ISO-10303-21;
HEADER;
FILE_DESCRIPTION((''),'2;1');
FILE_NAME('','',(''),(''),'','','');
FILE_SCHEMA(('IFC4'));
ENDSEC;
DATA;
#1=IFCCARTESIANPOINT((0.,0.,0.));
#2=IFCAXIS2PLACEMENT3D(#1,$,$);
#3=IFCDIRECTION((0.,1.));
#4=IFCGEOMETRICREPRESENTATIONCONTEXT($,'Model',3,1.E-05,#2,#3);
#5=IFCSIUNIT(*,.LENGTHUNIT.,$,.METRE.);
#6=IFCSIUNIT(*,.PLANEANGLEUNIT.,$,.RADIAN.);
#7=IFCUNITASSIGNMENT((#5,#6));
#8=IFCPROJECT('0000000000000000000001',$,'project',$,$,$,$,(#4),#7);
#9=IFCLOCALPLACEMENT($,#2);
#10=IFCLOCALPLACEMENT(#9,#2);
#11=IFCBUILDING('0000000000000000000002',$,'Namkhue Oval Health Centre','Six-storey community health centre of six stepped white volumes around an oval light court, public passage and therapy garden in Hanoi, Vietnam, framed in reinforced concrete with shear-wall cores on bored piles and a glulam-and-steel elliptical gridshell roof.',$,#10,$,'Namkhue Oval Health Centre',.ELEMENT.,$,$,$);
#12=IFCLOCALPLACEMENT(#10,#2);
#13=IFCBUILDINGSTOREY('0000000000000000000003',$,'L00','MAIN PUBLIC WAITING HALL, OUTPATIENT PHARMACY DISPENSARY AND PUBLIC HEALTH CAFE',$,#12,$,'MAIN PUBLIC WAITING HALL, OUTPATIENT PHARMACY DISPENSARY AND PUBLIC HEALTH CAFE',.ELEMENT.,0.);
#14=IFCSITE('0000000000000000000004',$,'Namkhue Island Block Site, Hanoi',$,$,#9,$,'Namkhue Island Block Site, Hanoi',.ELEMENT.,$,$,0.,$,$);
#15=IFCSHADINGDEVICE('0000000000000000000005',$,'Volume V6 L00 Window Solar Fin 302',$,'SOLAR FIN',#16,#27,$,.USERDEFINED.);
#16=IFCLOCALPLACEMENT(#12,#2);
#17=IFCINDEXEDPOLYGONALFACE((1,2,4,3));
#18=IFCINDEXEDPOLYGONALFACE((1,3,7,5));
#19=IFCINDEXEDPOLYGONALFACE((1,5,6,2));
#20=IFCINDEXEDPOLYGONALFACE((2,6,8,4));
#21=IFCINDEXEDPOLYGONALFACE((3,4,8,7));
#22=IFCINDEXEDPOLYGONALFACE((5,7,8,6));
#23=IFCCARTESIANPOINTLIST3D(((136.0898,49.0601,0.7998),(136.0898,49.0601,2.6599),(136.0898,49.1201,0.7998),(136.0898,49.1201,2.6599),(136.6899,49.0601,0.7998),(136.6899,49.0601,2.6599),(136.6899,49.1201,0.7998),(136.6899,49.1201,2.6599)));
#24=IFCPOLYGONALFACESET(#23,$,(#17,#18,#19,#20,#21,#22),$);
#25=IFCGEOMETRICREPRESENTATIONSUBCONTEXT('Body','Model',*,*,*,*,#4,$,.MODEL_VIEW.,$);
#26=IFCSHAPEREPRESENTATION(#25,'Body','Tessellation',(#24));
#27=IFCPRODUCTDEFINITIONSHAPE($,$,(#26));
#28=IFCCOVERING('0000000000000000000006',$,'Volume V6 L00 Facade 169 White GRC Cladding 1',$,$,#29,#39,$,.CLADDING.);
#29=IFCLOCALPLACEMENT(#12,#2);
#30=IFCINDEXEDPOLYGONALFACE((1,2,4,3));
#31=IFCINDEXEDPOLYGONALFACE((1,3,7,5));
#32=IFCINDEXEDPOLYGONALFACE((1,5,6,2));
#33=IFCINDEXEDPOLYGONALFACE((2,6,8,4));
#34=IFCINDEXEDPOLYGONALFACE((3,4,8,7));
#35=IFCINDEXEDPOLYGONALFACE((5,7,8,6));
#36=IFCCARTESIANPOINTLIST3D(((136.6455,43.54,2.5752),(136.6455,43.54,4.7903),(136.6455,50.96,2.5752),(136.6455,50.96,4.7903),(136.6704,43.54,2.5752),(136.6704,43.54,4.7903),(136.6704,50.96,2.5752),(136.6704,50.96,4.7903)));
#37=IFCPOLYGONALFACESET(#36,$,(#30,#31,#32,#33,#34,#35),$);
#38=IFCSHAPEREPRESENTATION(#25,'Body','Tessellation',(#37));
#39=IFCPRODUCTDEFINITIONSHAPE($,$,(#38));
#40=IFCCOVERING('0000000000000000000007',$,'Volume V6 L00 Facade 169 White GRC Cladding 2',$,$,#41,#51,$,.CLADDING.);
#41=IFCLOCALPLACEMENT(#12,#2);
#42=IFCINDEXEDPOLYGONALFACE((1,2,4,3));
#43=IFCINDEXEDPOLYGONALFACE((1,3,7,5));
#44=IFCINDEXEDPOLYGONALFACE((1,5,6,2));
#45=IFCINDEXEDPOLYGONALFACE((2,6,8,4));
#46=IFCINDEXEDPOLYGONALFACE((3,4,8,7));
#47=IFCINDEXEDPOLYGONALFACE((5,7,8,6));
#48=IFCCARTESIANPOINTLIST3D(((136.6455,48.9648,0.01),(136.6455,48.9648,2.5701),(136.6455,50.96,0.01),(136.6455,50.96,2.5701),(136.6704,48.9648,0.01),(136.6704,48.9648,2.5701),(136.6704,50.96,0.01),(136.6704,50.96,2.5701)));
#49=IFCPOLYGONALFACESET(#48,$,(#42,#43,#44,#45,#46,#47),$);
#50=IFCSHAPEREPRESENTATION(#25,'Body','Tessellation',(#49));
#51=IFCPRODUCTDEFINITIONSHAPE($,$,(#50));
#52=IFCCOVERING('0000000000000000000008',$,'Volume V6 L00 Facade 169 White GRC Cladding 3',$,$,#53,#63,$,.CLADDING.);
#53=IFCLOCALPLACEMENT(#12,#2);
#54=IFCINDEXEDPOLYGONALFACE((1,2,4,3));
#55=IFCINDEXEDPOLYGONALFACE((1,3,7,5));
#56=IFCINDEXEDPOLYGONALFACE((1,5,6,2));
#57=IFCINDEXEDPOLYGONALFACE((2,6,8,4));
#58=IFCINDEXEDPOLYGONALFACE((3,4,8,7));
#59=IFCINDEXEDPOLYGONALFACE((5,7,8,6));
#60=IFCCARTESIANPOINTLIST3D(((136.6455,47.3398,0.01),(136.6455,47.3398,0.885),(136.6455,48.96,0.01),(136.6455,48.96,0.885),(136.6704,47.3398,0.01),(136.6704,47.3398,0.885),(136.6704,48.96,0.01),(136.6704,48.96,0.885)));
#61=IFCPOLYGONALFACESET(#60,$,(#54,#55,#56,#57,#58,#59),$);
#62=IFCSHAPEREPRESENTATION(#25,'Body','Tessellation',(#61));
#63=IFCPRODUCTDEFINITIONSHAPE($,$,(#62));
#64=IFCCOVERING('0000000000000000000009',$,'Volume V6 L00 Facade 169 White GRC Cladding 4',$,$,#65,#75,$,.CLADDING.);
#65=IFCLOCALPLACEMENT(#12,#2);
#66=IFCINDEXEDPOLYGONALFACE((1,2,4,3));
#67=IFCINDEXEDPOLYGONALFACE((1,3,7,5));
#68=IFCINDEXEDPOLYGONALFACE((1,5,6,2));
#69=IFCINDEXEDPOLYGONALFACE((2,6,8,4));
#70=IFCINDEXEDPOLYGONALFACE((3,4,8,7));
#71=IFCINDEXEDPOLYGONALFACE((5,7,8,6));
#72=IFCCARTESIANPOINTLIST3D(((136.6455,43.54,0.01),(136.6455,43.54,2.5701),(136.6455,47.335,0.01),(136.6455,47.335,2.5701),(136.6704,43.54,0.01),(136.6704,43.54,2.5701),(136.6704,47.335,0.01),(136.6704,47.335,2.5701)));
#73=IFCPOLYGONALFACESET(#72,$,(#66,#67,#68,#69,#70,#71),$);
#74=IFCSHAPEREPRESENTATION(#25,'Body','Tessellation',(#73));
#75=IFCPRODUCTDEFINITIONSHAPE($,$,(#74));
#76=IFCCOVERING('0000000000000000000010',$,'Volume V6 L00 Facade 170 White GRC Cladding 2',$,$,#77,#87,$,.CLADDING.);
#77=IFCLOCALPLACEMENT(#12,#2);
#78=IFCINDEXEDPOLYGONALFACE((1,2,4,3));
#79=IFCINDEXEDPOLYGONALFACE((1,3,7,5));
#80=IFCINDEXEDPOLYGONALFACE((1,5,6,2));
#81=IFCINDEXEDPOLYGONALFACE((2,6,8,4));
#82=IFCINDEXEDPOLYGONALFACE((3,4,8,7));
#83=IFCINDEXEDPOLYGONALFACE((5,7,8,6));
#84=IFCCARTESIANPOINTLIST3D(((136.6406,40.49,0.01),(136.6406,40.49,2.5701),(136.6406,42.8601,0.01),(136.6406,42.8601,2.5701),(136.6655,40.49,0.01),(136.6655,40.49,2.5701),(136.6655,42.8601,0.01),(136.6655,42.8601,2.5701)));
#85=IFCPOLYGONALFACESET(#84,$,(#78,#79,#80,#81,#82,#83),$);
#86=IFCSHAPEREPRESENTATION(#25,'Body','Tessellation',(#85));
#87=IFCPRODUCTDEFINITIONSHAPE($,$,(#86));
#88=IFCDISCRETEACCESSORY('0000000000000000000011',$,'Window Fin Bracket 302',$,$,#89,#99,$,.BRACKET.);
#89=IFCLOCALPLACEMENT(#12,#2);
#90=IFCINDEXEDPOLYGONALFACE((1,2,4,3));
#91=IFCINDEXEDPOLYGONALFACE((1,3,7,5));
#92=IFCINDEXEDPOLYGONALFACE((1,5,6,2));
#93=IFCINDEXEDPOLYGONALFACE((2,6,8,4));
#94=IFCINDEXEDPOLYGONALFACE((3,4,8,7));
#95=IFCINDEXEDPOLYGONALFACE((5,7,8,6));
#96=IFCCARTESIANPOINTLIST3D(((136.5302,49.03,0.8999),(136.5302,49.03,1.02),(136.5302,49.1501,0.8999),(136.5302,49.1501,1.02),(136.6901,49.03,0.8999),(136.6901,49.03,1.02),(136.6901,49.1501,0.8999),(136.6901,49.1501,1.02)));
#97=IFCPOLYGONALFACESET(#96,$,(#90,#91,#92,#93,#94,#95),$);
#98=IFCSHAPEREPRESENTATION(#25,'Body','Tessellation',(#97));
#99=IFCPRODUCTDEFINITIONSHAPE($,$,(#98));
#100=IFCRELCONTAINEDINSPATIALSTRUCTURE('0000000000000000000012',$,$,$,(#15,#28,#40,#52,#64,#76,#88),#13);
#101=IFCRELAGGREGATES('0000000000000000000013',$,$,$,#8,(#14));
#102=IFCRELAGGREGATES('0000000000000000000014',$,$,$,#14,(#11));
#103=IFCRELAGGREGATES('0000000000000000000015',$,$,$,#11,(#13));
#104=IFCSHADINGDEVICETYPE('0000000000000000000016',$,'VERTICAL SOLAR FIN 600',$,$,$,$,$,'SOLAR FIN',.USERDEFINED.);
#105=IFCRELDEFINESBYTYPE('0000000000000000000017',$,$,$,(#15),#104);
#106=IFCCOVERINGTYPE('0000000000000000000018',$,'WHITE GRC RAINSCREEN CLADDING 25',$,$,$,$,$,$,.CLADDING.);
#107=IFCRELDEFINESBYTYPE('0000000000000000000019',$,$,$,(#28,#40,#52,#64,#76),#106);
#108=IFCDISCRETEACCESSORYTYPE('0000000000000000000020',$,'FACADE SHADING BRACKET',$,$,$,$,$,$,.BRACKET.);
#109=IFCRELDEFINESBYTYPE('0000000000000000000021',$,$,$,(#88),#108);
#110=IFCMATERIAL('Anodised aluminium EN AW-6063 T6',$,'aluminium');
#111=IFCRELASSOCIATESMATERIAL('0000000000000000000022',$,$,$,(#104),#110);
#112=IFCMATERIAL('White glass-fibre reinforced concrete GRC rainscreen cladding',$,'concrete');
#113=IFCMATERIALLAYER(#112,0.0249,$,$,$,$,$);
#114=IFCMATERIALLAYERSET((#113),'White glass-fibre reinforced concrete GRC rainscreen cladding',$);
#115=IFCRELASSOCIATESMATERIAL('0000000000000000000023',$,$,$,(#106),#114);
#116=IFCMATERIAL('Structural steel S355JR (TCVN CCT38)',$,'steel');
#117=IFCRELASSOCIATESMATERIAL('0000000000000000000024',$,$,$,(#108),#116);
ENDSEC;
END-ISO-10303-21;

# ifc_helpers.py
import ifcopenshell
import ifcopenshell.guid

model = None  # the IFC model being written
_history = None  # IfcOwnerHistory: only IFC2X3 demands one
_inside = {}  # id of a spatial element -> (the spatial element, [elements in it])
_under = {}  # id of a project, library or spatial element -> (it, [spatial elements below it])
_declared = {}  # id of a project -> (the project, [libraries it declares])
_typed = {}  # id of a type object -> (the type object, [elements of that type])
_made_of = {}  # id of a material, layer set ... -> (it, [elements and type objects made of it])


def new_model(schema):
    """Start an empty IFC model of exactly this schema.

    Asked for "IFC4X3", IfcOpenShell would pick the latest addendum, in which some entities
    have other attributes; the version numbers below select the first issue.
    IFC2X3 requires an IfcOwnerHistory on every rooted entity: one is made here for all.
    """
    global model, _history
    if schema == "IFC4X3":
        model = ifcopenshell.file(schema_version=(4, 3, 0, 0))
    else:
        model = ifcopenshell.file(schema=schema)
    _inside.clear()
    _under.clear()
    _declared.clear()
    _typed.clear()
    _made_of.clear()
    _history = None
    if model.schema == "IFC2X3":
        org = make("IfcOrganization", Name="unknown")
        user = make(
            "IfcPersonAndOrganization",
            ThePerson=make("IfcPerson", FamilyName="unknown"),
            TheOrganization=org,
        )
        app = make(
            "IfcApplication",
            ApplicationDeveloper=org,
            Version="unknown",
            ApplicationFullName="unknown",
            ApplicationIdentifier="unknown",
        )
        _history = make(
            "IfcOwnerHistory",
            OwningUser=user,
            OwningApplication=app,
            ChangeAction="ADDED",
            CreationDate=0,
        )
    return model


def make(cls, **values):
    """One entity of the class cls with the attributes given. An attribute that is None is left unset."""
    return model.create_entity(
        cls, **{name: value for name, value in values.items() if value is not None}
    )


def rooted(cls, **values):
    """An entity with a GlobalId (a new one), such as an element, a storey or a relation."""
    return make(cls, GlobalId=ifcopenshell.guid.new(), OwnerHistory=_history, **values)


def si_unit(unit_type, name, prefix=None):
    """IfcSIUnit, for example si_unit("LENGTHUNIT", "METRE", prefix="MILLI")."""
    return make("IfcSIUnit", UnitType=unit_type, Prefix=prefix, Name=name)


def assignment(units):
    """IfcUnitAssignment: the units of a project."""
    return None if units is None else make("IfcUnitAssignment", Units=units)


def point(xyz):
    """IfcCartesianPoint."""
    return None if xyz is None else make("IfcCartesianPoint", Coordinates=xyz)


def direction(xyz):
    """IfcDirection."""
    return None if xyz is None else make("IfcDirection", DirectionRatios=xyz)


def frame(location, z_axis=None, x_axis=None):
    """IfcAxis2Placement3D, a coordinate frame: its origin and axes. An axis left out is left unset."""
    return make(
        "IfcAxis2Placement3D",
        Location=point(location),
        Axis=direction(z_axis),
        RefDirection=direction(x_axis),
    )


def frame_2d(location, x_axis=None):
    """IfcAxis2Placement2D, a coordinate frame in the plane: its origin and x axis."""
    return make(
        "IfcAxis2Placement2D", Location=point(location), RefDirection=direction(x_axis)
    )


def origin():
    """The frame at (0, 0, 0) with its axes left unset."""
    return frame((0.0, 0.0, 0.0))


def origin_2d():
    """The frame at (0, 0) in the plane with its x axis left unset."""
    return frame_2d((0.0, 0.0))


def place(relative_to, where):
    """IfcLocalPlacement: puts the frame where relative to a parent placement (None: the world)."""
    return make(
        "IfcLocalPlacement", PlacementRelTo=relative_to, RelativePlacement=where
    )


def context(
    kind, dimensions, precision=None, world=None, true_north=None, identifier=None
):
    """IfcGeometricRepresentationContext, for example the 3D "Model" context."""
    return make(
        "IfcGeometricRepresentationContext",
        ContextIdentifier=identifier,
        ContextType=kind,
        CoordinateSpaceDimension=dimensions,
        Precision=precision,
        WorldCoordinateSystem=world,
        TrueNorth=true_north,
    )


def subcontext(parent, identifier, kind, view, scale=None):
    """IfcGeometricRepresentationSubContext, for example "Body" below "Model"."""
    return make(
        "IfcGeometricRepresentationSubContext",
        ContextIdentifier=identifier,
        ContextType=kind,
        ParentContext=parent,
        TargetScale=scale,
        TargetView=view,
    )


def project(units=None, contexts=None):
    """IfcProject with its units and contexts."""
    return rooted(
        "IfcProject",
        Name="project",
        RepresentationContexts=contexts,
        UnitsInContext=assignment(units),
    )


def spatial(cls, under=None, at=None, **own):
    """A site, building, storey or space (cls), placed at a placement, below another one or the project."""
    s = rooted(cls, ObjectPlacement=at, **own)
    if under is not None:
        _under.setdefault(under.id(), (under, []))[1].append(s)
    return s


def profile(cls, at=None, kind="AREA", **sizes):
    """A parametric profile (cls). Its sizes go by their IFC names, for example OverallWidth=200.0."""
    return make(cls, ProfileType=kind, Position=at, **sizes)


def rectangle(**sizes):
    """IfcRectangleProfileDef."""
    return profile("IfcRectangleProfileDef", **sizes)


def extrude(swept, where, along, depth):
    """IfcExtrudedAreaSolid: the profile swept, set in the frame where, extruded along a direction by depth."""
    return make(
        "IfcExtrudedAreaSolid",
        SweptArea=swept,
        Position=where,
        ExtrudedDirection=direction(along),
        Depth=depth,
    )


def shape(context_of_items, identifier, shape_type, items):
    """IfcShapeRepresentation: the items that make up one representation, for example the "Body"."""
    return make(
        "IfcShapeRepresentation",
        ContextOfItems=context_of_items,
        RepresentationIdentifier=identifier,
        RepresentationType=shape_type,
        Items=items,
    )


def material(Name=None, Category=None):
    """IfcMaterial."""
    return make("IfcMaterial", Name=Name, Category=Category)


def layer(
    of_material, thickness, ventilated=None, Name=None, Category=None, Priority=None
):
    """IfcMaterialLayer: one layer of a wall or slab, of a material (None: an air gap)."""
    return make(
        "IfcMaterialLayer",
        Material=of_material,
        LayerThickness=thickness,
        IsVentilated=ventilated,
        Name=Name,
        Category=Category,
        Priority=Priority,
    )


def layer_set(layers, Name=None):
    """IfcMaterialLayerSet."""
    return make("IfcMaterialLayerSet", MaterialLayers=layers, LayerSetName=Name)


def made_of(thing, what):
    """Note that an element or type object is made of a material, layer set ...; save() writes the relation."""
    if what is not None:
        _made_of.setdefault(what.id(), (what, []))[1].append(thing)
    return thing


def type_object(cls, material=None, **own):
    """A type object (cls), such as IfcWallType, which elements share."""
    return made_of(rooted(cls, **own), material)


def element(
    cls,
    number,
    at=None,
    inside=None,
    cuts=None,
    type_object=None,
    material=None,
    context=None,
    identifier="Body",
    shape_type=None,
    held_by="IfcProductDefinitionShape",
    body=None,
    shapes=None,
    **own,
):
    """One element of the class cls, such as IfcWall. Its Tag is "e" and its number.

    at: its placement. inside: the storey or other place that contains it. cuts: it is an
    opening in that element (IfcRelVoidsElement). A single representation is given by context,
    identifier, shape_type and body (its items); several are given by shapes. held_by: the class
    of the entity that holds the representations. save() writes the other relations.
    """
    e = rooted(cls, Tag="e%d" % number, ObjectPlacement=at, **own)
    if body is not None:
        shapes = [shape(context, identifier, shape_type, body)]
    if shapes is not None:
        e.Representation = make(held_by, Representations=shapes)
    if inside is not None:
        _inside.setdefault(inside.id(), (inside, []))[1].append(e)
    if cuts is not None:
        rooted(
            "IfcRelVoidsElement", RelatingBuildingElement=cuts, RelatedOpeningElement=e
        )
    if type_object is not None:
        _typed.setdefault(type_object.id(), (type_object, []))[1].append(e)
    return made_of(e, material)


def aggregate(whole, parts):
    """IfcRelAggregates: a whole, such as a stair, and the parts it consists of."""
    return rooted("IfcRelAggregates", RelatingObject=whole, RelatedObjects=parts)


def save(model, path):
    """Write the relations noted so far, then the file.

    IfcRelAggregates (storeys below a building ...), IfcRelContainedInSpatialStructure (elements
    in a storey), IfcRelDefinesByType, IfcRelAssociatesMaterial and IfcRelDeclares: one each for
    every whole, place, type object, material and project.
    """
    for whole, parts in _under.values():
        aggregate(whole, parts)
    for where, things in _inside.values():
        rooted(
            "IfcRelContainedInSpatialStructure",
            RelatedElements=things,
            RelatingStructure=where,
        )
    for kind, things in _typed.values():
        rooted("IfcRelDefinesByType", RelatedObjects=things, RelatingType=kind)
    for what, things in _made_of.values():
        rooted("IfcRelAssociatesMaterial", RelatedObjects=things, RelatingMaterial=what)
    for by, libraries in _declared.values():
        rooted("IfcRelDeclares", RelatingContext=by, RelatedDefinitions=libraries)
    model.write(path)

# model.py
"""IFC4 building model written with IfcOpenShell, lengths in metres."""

from ifc_helpers import new_model, si_unit, direction, frame, origin, origin_2d, place, context, subcontext, project, spatial, rectangle, extrude, material, layer, layer_set, type_object, element, save


model = new_model("IFC4")

# Units and contexts
model_context = context("Model", 3, precision=1e-05, world=origin(), true_north=direction((0.0, 1.0)))
body_context = subcontext(model_context, "Body", "Model", "MODEL_VIEW")
ifc_project = project(units=[si_unit("LENGTHUNIT", "METRE"), si_unit("PLANEANGLEUNIT", "RADIAN")], contexts=[model_context])

# Site, building, storey
site_placement = place(None, origin())
site = spatial("IfcSite", under=ifc_project, at=site_placement, Name="Namkhue Island Block Site, Hanoi", LongName="Namkhue Island Block Site, Hanoi", CompositionType="ELEMENT", RefElevation=0.0)
building_placement = place(site_placement, origin())
building = spatial("IfcBuilding", under=site, at=building_placement, Name="Namkhue Oval Health Centre", Description="Six-storey community health centre of six stepped white volumes around an oval light court, public passage and therapy garden in Hanoi, Vietnam, framed in reinforced concrete with shear-wall cores on bored piles and a glulam-and-steel elliptical gridshell roof.", LongName="Namkhue Oval Health Centre", CompositionType="ELEMENT")
storey_placement = place(building_placement, origin())
storey = spatial("IfcBuildingStorey", under=building, at=storey_placement, Name="L00", Description="MAIN PUBLIC WAITING HALL, OUTPATIENT PHARMACY DISPENSARY AND PUBLIC HEALTH CAFE", LongName="MAIN PUBLIC WAITING HALL, OUTPATIENT PHARMACY DISPENSARY AND PUBLIC HEALTH CAFE", CompositionType="ELEMENT", Elevation=0.0)

# Shading device
ifc_material_1 = material(Name="Anodised aluminium EN AW-6063 T6", Category="aluminium")
shading_device_type = type_object("IfcShadingDeviceType", Name="VERTICAL SOLAR FIN 600", ElementType="SOLAR FIN", PredefinedType="USERDEFINED", material=ifc_material_1)
shading_device_placement = place(storey_placement, frame((136.3899, 49.0901, 0.7998), z_axis=(0.0, 0.0, 1.0), x_axis=(-1.0, 0.0, 0.0)))
element("IfcShadingDevice", 1, at=shading_device_placement, inside=storey, type_object=shading_device_type, Name="Volume V6 L00 Window Solar Fin 302", ObjectType="SOLAR FIN", PredefinedType="USERDEFINED", context=body_context, shape_type="SweptSolid", body=[
    extrude(rectangle(XDim=0.6001, YDim=0.0601, at=origin_2d()), origin(), (0.0, 0.0, 1.0), 1.8601),
])

# Coverings
ifc_material_2 = material(Name="White glass-fibre reinforced concrete GRC rainscreen cladding", Category="concrete")
ifc_layer_1 = layer(ifc_material_2, 0.0249)
ifc_layer_set_1 = layer_set([ifc_layer_1], Name="White glass-fibre reinforced concrete GRC rainscreen cladding")
covering_type = type_object("IfcCoveringType", Name="WHITE GRC RAINSCREEN CLADDING 25", PredefinedType="CLADDING", material=ifc_layer_set_1)
covering_1_placement = place(storey_placement, frame((136.658, 47.25, 2.5752), z_axis=(0.0, 0.0, 1.0), x_axis=(0.0, -1.0, 0.0)))
element("IfcCovering", 2, at=covering_1_placement, inside=storey, type_object=covering_type, Name="Volume V6 L00 Facade 169 White GRC Cladding 1", PredefinedType="CLADDING", context=body_context, shape_type="SweptSolid", body=[
    extrude(rectangle(XDim=7.4199, YDim=0.0249, at=origin_2d()), origin(), (0.0, 0.0, 1.0), 2.2151),
])
covering_2_placement = place(storey_placement, frame((136.658, 49.9624, 0.01), z_axis=(0.0, 0.0, 1.0), x_axis=(0.0, -1.0, 0.0)))
element("IfcCovering", 3, at=covering_2_placement, inside=storey, type_object=covering_type, Name="Volume V6 L00 Facade 169 White GRC Cladding 2", PredefinedType="CLADDING", context=body_context, shape_type="SweptSolid", body=[
    extrude(rectangle(XDim=1.9951, YDim=0.0249, at=origin_2d()), origin(), (0.0, 0.0, 1.0), 2.5601),
])
covering_3_placement = place(storey_placement, frame((136.658, 48.1499, 0.01), z_axis=(0.0, 0.0, 1.0), x_axis=(0.0, -1.0, 0.0)))
element("IfcCovering", 4, at=covering_3_placement, inside=storey, type_object=covering_type, Name="Volume V6 L00 Facade 169 White GRC Cladding 3", PredefinedType="CLADDING", context=body_context, shape_type="SweptSolid", body=[
    extrude(rectangle(XDim=1.6201, YDim=0.0249, at=origin_2d()), origin(), (0.0, 0.0, 1.0), 0.875),
])
covering_4_placement = place(storey_placement, frame((136.658, 45.4375, 0.01), z_axis=(0.0, 0.0, 1.0), x_axis=(0.0, -1.0, 0.0)))
element("IfcCovering", 5, at=covering_4_placement, inside=storey, type_object=covering_type, Name="Volume V6 L00 Facade 169 White GRC Cladding 4", PredefinedType="CLADDING", context=body_context, shape_type="SweptSolid", body=[
    extrude(rectangle(XDim=3.7949, YDim=0.0249, at=origin_2d()), origin(), (0.0, 0.0, 1.0), 2.5601),
])
covering_5_placement = place(storey_placement, frame((136.6531, 41.675, 0.01), z_axis=(0.0, 0.0, 1.0), x_axis=(0.0, -1.0, 0.0)))
element("IfcCovering", 6, at=covering_5_placement, inside=storey, type_object=covering_type, Name="Volume V6 L00 Facade 170 White GRC Cladding 2", PredefinedType="CLADDING", context=body_context, shape_type="SweptSolid", body=[
    extrude(rectangle(XDim=2.3701, YDim=0.0249, at=origin_2d()), origin(), (0.0, 0.0, 1.0), 2.5601),
])

# Discrete accessory
ifc_material_3 = material(Name="Structural steel S355JR (TCVN CCT38)", Category="steel")
discrete_accessory_type = type_object("IfcDiscreteAccessoryType", Name="FACADE SHADING BRACKET", PredefinedType="BRACKET", material=ifc_material_3)
discrete_accessory_placement = place(storey_placement, frame((136.6101, 49.0901, 0.8999), z_axis=(0.0, 0.0, 1.0), x_axis=(-1.0, 0.0, 0.0)))
element("IfcDiscreteAccessory", 7, at=discrete_accessory_placement, inside=storey, type_object=discrete_accessory_type, Name="Window Fin Bracket 302", PredefinedType="BRACKET", context=body_context, shape_type="SweptSolid", body=[
    extrude(rectangle(XDim=0.1599, YDim=0.1201, at=origin_2d()), origin(), (0.0, 0.0, 1.0), 0.1201),
])

save(model, "model.ifc")
